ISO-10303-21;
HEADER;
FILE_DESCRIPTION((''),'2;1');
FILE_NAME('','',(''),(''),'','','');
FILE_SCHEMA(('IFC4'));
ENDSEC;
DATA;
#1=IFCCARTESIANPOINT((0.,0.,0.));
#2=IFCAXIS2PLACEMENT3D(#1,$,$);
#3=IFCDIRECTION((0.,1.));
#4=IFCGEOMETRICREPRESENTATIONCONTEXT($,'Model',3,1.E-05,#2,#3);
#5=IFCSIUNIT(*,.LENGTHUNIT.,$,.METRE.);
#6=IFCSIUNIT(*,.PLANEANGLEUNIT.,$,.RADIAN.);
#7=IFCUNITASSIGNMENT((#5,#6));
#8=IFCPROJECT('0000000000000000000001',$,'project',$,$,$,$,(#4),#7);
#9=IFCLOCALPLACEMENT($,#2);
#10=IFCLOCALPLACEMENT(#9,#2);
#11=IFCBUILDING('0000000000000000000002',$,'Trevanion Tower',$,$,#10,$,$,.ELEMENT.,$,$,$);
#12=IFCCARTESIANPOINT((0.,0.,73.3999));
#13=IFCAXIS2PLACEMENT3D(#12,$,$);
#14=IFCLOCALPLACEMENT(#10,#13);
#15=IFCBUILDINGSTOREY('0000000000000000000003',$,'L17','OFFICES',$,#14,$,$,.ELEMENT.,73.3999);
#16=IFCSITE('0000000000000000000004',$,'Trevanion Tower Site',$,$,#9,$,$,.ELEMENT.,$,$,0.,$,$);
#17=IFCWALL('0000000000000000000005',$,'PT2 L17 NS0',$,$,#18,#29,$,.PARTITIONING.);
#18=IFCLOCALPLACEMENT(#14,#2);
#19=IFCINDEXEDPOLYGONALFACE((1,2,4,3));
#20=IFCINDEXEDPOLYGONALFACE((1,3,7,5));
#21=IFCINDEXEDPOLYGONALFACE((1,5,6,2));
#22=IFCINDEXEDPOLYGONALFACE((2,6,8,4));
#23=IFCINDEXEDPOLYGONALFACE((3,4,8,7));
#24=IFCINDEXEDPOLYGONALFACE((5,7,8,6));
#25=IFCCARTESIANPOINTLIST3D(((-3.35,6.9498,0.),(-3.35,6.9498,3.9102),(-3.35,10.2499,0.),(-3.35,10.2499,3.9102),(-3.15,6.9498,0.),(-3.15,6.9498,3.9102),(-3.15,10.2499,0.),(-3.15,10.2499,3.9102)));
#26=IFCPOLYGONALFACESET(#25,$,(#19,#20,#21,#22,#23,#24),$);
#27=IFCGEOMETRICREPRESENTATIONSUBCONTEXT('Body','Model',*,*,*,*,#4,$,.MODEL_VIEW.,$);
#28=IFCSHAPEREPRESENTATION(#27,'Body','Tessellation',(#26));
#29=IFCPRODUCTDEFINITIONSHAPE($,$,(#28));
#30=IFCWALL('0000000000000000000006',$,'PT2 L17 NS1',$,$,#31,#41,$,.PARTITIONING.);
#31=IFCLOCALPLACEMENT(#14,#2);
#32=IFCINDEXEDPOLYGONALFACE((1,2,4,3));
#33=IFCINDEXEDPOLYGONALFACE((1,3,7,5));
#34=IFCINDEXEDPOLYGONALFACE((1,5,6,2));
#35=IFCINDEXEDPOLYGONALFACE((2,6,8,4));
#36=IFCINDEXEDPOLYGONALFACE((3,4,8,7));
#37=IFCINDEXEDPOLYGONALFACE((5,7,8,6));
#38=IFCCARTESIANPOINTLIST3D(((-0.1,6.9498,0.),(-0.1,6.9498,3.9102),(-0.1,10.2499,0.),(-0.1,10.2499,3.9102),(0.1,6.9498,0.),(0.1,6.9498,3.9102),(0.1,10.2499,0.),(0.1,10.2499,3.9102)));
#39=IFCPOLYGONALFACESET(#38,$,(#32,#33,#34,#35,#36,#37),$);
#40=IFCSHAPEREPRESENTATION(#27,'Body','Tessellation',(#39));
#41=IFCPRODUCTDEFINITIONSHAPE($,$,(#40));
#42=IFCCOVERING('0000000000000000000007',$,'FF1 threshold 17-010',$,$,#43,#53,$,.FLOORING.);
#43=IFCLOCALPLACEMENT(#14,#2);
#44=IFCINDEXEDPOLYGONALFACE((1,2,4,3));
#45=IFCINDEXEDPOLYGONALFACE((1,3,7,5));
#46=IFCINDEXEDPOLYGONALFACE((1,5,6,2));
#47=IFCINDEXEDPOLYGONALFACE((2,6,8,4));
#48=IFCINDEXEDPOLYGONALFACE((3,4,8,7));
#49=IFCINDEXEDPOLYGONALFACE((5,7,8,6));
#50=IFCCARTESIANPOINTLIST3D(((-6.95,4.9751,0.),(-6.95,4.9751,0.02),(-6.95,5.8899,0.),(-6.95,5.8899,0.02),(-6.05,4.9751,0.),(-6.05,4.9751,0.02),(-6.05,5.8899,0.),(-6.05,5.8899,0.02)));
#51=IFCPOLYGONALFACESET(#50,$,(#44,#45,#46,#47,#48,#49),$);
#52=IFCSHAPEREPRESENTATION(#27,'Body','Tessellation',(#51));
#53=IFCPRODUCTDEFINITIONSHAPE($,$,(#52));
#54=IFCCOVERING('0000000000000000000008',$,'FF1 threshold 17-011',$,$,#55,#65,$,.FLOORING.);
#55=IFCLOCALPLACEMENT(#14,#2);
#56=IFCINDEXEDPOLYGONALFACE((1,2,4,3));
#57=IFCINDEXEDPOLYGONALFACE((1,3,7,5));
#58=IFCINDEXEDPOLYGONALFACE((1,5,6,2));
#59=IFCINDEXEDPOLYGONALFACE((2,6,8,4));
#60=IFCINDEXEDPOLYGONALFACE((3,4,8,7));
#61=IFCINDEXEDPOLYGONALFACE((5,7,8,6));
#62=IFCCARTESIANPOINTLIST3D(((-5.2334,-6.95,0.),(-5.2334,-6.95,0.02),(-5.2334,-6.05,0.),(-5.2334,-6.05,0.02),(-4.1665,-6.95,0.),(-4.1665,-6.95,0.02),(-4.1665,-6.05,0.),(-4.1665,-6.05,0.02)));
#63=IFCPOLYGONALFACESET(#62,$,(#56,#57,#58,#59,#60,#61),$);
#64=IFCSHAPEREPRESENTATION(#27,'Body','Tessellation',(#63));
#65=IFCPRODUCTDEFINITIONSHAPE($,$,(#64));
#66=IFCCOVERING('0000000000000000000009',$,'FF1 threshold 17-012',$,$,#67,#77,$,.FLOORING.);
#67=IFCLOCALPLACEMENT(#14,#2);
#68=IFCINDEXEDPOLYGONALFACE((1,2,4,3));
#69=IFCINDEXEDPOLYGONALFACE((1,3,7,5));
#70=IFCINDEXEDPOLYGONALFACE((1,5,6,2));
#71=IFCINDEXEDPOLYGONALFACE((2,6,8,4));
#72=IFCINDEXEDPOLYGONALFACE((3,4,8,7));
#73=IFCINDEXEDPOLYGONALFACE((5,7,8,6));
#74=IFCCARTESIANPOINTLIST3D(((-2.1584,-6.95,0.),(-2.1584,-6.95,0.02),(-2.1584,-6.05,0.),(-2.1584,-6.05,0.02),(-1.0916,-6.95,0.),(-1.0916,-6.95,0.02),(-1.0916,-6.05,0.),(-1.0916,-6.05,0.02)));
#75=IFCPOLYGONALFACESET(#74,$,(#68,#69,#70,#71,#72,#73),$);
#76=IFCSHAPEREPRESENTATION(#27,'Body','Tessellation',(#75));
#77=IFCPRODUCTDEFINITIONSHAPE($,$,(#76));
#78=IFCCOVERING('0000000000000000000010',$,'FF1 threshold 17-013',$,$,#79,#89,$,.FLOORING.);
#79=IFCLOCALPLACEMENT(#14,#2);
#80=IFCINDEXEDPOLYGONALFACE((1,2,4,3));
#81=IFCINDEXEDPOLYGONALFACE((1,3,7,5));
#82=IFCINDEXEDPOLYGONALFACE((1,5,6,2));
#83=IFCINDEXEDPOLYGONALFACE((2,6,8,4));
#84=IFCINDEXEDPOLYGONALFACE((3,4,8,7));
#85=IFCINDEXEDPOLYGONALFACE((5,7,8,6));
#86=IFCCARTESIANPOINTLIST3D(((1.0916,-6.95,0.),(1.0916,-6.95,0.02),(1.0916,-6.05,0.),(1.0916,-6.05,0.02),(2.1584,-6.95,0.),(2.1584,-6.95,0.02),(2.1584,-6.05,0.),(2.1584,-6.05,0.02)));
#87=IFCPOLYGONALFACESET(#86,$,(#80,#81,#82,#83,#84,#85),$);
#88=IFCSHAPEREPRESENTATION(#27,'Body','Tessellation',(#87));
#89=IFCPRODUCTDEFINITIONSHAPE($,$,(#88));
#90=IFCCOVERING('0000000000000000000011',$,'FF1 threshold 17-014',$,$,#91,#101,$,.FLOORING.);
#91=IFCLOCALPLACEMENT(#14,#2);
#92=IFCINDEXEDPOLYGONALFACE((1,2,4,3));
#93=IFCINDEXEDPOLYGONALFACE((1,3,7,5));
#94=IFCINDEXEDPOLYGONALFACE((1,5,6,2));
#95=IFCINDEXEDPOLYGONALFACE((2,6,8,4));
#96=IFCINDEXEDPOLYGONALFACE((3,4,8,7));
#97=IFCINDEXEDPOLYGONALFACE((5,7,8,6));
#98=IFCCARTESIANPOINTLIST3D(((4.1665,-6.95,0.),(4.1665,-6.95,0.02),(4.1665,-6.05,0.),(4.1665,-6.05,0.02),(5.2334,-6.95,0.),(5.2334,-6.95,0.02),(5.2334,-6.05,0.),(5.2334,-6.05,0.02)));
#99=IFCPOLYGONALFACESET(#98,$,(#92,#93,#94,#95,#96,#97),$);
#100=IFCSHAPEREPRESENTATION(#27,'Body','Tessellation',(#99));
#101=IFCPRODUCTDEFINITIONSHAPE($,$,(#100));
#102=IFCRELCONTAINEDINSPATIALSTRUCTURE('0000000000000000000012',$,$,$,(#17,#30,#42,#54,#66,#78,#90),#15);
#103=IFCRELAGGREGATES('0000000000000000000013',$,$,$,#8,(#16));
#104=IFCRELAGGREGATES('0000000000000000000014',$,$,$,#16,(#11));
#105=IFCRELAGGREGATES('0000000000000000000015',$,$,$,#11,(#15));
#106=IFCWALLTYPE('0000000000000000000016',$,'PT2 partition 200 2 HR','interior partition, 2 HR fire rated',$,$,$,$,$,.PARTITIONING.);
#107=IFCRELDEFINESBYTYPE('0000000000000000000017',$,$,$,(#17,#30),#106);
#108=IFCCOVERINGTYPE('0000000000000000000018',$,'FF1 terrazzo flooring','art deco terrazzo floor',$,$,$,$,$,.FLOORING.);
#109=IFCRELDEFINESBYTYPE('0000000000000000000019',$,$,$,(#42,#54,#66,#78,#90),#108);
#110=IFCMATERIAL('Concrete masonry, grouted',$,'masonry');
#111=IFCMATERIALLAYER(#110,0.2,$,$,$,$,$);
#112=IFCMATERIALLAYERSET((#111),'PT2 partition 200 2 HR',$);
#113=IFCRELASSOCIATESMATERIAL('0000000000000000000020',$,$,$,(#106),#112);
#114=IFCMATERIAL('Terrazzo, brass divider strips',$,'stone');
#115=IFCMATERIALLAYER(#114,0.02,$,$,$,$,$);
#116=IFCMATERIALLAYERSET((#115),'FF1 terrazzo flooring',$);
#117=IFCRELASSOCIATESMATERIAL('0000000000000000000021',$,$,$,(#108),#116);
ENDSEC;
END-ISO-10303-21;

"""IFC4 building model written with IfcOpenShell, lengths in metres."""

from ifc_helpers import new_model, si_unit, direction, frame, frame_2d, origin, place, context, subcontext, project, spatial, polyline, rectangle, outline, extrude, material, layer, layer_set, type_object, element, save


model = new_model("IFC4")

# Units and contexts
model_context = context("Model", 3, precision=1e-05, world=origin(), true_north=direction((0.0, 1.0)))
body_context = subcontext(model_context, "Body", "Model", "MODEL_VIEW")
ifc_project = project(units=[si_unit("LENGTHUNIT", "METRE"), si_unit("PLANEANGLEUNIT", "RADIAN")], contexts=[model_context])

# Site, building, storey
site_placement = place(None, origin())
site = spatial("IfcSite", under=ifc_project, at=site_placement, Name="Trevanion Tower Site", CompositionType="ELEMENT", RefElevation=0.0)
building_placement = place(site_placement, origin())
building = spatial("IfcBuilding", under=site, at=building_placement, Name="Trevanion Tower", CompositionType="ELEMENT")
storey_placement = place(building_placement, frame((0.0, 0.0, 73.3999)))
storey = spatial("IfcBuildingStorey", under=building, at=storey_placement, Name="L17", Description="OFFICES", CompositionType="ELEMENT", Elevation=73.3999)

# Walls
ifc_material_1 = material(Name="Concrete masonry, grouted", Category="masonry")
ifc_layer_1 = layer(ifc_material_1, 0.2)
ifc_layer_set_1 = layer_set([ifc_layer_1], Name="PT2 partition 200 2 HR")
wall_type = type_object("IfcWallType", Name="PT2 partition 200 2 HR", Description="interior partition, 2 HR fire rated", PredefinedType="PARTITIONING", material=ifc_layer_set_1)
for number, where, z_axis, x_axis, name in (
    (1, (-3.25, 6.95, 0.0), (0.0, 0.0, 1.0), (0.0, 1.0, 0.0), "PT2 L17 NS0"),
    (2, (0.0, 6.95, 0.0), (0.0, 0.0, 1.0), (0.0, 1.0, 0.0), "PT2 L17 NS1"),
):
    element("IfcWall", number, at=place(storey_placement, frame(where, z_axis=z_axis, x_axis=x_axis)), inside=storey, type_object=wall_type, Name=name, PredefinedType="PARTITIONING", context=body_context, shape_type="SweptSolid", body=[
        extrude(rectangle(XDim=3.3, YDim=0.2, at=frame_2d((1.6499, 0.0))), origin(), (0.0, 0.0, 1.0), 3.9102),
    ])

# Coverings
ifc_material_2 = material(Name="Terrazzo, brass divider strips", Category="stone")
ifc_layer_2 = layer(ifc_material_2, 0.02)
ifc_layer_set_2 = layer_set([ifc_layer_2], Name="FF1 terrazzo flooring")
covering_type = type_object("IfcCoveringType", Name="FF1 terrazzo flooring", Description="art deco terrazzo floor", PredefinedType="FLOORING", material=ifc_layer_set_2)
covering_1_placement = place(storey_placement, origin())
element("IfcCovering", 3, at=covering_1_placement, inside=storey, type_object=covering_type, Name="FF1 threshold 17-010", PredefinedType="FLOORING", context=body_context, shape_type="SweptSolid", body=[
    extrude(outline(polyline([(-6.95, 5.8899), (-6.95, 4.9751), (-6.05, 4.9751), (-6.05, 5.8899), (-6.95, 5.8899)])), origin(), (0.0, 0.0, 1.0), 0.02),
])
covering_2_placement = place(storey_placement, origin())
element("IfcCovering", 4, at=covering_2_placement, inside=storey, type_object=covering_type, Name="FF1 threshold 17-011", PredefinedType="FLOORING", context=body_context, shape_type="SweptSolid", body=[
    extrude(outline(polyline([(-5.2334, -6.95), (-4.1665, -6.95), (-4.1665, -6.05), (-5.2334, -6.05), (-5.2334, -6.95)])), origin(), (0.0, 0.0, 1.0), 0.02),
])
covering_3_placement = place(storey_placement, origin())
element("IfcCovering", 5, at=covering_3_placement, inside=storey, type_object=covering_type, Name="FF1 threshold 17-012", PredefinedType="FLOORING", context=body_context, shape_type="SweptSolid", body=[
    extrude(outline(polyline([(-2.1584, -6.95), (-1.0916, -6.95), (-1.0916, -6.05), (-2.1584, -6.05), (-2.1584, -6.95)])), origin(), (0.0, 0.0, 1.0), 0.02),
])
covering_4_placement = place(storey_placement, origin())
element("IfcCovering", 6, at=covering_4_placement, inside=storey, type_object=covering_type, Name="FF1 threshold 17-013", PredefinedType="FLOORING", context=body_context, shape_type="SweptSolid", body=[
    extrude(outline(polyline([(1.0916, -6.95), (2.1584, -6.95), (2.1584, -6.05), (1.0916, -6.05), (1.0916, -6.95)])), origin(), (0.0, 0.0, 1.0), 0.02),
])
covering_5_placement = place(storey_placement, origin())
element("IfcCovering", 7, at=covering_5_placement, inside=storey, type_object=covering_type, Name="FF1 threshold 17-014", PredefinedType="FLOORING", context=body_context, shape_type="SweptSolid", body=[
    extrude(outline(polyline([(4.1665, -6.95), (5.2334, -6.95), (5.2334, -6.05), (4.1665, -6.05), (4.1665, -6.95)])), origin(), (0.0, 0.0, 1.0), 0.02),
])

save(model, "model.ifc")
